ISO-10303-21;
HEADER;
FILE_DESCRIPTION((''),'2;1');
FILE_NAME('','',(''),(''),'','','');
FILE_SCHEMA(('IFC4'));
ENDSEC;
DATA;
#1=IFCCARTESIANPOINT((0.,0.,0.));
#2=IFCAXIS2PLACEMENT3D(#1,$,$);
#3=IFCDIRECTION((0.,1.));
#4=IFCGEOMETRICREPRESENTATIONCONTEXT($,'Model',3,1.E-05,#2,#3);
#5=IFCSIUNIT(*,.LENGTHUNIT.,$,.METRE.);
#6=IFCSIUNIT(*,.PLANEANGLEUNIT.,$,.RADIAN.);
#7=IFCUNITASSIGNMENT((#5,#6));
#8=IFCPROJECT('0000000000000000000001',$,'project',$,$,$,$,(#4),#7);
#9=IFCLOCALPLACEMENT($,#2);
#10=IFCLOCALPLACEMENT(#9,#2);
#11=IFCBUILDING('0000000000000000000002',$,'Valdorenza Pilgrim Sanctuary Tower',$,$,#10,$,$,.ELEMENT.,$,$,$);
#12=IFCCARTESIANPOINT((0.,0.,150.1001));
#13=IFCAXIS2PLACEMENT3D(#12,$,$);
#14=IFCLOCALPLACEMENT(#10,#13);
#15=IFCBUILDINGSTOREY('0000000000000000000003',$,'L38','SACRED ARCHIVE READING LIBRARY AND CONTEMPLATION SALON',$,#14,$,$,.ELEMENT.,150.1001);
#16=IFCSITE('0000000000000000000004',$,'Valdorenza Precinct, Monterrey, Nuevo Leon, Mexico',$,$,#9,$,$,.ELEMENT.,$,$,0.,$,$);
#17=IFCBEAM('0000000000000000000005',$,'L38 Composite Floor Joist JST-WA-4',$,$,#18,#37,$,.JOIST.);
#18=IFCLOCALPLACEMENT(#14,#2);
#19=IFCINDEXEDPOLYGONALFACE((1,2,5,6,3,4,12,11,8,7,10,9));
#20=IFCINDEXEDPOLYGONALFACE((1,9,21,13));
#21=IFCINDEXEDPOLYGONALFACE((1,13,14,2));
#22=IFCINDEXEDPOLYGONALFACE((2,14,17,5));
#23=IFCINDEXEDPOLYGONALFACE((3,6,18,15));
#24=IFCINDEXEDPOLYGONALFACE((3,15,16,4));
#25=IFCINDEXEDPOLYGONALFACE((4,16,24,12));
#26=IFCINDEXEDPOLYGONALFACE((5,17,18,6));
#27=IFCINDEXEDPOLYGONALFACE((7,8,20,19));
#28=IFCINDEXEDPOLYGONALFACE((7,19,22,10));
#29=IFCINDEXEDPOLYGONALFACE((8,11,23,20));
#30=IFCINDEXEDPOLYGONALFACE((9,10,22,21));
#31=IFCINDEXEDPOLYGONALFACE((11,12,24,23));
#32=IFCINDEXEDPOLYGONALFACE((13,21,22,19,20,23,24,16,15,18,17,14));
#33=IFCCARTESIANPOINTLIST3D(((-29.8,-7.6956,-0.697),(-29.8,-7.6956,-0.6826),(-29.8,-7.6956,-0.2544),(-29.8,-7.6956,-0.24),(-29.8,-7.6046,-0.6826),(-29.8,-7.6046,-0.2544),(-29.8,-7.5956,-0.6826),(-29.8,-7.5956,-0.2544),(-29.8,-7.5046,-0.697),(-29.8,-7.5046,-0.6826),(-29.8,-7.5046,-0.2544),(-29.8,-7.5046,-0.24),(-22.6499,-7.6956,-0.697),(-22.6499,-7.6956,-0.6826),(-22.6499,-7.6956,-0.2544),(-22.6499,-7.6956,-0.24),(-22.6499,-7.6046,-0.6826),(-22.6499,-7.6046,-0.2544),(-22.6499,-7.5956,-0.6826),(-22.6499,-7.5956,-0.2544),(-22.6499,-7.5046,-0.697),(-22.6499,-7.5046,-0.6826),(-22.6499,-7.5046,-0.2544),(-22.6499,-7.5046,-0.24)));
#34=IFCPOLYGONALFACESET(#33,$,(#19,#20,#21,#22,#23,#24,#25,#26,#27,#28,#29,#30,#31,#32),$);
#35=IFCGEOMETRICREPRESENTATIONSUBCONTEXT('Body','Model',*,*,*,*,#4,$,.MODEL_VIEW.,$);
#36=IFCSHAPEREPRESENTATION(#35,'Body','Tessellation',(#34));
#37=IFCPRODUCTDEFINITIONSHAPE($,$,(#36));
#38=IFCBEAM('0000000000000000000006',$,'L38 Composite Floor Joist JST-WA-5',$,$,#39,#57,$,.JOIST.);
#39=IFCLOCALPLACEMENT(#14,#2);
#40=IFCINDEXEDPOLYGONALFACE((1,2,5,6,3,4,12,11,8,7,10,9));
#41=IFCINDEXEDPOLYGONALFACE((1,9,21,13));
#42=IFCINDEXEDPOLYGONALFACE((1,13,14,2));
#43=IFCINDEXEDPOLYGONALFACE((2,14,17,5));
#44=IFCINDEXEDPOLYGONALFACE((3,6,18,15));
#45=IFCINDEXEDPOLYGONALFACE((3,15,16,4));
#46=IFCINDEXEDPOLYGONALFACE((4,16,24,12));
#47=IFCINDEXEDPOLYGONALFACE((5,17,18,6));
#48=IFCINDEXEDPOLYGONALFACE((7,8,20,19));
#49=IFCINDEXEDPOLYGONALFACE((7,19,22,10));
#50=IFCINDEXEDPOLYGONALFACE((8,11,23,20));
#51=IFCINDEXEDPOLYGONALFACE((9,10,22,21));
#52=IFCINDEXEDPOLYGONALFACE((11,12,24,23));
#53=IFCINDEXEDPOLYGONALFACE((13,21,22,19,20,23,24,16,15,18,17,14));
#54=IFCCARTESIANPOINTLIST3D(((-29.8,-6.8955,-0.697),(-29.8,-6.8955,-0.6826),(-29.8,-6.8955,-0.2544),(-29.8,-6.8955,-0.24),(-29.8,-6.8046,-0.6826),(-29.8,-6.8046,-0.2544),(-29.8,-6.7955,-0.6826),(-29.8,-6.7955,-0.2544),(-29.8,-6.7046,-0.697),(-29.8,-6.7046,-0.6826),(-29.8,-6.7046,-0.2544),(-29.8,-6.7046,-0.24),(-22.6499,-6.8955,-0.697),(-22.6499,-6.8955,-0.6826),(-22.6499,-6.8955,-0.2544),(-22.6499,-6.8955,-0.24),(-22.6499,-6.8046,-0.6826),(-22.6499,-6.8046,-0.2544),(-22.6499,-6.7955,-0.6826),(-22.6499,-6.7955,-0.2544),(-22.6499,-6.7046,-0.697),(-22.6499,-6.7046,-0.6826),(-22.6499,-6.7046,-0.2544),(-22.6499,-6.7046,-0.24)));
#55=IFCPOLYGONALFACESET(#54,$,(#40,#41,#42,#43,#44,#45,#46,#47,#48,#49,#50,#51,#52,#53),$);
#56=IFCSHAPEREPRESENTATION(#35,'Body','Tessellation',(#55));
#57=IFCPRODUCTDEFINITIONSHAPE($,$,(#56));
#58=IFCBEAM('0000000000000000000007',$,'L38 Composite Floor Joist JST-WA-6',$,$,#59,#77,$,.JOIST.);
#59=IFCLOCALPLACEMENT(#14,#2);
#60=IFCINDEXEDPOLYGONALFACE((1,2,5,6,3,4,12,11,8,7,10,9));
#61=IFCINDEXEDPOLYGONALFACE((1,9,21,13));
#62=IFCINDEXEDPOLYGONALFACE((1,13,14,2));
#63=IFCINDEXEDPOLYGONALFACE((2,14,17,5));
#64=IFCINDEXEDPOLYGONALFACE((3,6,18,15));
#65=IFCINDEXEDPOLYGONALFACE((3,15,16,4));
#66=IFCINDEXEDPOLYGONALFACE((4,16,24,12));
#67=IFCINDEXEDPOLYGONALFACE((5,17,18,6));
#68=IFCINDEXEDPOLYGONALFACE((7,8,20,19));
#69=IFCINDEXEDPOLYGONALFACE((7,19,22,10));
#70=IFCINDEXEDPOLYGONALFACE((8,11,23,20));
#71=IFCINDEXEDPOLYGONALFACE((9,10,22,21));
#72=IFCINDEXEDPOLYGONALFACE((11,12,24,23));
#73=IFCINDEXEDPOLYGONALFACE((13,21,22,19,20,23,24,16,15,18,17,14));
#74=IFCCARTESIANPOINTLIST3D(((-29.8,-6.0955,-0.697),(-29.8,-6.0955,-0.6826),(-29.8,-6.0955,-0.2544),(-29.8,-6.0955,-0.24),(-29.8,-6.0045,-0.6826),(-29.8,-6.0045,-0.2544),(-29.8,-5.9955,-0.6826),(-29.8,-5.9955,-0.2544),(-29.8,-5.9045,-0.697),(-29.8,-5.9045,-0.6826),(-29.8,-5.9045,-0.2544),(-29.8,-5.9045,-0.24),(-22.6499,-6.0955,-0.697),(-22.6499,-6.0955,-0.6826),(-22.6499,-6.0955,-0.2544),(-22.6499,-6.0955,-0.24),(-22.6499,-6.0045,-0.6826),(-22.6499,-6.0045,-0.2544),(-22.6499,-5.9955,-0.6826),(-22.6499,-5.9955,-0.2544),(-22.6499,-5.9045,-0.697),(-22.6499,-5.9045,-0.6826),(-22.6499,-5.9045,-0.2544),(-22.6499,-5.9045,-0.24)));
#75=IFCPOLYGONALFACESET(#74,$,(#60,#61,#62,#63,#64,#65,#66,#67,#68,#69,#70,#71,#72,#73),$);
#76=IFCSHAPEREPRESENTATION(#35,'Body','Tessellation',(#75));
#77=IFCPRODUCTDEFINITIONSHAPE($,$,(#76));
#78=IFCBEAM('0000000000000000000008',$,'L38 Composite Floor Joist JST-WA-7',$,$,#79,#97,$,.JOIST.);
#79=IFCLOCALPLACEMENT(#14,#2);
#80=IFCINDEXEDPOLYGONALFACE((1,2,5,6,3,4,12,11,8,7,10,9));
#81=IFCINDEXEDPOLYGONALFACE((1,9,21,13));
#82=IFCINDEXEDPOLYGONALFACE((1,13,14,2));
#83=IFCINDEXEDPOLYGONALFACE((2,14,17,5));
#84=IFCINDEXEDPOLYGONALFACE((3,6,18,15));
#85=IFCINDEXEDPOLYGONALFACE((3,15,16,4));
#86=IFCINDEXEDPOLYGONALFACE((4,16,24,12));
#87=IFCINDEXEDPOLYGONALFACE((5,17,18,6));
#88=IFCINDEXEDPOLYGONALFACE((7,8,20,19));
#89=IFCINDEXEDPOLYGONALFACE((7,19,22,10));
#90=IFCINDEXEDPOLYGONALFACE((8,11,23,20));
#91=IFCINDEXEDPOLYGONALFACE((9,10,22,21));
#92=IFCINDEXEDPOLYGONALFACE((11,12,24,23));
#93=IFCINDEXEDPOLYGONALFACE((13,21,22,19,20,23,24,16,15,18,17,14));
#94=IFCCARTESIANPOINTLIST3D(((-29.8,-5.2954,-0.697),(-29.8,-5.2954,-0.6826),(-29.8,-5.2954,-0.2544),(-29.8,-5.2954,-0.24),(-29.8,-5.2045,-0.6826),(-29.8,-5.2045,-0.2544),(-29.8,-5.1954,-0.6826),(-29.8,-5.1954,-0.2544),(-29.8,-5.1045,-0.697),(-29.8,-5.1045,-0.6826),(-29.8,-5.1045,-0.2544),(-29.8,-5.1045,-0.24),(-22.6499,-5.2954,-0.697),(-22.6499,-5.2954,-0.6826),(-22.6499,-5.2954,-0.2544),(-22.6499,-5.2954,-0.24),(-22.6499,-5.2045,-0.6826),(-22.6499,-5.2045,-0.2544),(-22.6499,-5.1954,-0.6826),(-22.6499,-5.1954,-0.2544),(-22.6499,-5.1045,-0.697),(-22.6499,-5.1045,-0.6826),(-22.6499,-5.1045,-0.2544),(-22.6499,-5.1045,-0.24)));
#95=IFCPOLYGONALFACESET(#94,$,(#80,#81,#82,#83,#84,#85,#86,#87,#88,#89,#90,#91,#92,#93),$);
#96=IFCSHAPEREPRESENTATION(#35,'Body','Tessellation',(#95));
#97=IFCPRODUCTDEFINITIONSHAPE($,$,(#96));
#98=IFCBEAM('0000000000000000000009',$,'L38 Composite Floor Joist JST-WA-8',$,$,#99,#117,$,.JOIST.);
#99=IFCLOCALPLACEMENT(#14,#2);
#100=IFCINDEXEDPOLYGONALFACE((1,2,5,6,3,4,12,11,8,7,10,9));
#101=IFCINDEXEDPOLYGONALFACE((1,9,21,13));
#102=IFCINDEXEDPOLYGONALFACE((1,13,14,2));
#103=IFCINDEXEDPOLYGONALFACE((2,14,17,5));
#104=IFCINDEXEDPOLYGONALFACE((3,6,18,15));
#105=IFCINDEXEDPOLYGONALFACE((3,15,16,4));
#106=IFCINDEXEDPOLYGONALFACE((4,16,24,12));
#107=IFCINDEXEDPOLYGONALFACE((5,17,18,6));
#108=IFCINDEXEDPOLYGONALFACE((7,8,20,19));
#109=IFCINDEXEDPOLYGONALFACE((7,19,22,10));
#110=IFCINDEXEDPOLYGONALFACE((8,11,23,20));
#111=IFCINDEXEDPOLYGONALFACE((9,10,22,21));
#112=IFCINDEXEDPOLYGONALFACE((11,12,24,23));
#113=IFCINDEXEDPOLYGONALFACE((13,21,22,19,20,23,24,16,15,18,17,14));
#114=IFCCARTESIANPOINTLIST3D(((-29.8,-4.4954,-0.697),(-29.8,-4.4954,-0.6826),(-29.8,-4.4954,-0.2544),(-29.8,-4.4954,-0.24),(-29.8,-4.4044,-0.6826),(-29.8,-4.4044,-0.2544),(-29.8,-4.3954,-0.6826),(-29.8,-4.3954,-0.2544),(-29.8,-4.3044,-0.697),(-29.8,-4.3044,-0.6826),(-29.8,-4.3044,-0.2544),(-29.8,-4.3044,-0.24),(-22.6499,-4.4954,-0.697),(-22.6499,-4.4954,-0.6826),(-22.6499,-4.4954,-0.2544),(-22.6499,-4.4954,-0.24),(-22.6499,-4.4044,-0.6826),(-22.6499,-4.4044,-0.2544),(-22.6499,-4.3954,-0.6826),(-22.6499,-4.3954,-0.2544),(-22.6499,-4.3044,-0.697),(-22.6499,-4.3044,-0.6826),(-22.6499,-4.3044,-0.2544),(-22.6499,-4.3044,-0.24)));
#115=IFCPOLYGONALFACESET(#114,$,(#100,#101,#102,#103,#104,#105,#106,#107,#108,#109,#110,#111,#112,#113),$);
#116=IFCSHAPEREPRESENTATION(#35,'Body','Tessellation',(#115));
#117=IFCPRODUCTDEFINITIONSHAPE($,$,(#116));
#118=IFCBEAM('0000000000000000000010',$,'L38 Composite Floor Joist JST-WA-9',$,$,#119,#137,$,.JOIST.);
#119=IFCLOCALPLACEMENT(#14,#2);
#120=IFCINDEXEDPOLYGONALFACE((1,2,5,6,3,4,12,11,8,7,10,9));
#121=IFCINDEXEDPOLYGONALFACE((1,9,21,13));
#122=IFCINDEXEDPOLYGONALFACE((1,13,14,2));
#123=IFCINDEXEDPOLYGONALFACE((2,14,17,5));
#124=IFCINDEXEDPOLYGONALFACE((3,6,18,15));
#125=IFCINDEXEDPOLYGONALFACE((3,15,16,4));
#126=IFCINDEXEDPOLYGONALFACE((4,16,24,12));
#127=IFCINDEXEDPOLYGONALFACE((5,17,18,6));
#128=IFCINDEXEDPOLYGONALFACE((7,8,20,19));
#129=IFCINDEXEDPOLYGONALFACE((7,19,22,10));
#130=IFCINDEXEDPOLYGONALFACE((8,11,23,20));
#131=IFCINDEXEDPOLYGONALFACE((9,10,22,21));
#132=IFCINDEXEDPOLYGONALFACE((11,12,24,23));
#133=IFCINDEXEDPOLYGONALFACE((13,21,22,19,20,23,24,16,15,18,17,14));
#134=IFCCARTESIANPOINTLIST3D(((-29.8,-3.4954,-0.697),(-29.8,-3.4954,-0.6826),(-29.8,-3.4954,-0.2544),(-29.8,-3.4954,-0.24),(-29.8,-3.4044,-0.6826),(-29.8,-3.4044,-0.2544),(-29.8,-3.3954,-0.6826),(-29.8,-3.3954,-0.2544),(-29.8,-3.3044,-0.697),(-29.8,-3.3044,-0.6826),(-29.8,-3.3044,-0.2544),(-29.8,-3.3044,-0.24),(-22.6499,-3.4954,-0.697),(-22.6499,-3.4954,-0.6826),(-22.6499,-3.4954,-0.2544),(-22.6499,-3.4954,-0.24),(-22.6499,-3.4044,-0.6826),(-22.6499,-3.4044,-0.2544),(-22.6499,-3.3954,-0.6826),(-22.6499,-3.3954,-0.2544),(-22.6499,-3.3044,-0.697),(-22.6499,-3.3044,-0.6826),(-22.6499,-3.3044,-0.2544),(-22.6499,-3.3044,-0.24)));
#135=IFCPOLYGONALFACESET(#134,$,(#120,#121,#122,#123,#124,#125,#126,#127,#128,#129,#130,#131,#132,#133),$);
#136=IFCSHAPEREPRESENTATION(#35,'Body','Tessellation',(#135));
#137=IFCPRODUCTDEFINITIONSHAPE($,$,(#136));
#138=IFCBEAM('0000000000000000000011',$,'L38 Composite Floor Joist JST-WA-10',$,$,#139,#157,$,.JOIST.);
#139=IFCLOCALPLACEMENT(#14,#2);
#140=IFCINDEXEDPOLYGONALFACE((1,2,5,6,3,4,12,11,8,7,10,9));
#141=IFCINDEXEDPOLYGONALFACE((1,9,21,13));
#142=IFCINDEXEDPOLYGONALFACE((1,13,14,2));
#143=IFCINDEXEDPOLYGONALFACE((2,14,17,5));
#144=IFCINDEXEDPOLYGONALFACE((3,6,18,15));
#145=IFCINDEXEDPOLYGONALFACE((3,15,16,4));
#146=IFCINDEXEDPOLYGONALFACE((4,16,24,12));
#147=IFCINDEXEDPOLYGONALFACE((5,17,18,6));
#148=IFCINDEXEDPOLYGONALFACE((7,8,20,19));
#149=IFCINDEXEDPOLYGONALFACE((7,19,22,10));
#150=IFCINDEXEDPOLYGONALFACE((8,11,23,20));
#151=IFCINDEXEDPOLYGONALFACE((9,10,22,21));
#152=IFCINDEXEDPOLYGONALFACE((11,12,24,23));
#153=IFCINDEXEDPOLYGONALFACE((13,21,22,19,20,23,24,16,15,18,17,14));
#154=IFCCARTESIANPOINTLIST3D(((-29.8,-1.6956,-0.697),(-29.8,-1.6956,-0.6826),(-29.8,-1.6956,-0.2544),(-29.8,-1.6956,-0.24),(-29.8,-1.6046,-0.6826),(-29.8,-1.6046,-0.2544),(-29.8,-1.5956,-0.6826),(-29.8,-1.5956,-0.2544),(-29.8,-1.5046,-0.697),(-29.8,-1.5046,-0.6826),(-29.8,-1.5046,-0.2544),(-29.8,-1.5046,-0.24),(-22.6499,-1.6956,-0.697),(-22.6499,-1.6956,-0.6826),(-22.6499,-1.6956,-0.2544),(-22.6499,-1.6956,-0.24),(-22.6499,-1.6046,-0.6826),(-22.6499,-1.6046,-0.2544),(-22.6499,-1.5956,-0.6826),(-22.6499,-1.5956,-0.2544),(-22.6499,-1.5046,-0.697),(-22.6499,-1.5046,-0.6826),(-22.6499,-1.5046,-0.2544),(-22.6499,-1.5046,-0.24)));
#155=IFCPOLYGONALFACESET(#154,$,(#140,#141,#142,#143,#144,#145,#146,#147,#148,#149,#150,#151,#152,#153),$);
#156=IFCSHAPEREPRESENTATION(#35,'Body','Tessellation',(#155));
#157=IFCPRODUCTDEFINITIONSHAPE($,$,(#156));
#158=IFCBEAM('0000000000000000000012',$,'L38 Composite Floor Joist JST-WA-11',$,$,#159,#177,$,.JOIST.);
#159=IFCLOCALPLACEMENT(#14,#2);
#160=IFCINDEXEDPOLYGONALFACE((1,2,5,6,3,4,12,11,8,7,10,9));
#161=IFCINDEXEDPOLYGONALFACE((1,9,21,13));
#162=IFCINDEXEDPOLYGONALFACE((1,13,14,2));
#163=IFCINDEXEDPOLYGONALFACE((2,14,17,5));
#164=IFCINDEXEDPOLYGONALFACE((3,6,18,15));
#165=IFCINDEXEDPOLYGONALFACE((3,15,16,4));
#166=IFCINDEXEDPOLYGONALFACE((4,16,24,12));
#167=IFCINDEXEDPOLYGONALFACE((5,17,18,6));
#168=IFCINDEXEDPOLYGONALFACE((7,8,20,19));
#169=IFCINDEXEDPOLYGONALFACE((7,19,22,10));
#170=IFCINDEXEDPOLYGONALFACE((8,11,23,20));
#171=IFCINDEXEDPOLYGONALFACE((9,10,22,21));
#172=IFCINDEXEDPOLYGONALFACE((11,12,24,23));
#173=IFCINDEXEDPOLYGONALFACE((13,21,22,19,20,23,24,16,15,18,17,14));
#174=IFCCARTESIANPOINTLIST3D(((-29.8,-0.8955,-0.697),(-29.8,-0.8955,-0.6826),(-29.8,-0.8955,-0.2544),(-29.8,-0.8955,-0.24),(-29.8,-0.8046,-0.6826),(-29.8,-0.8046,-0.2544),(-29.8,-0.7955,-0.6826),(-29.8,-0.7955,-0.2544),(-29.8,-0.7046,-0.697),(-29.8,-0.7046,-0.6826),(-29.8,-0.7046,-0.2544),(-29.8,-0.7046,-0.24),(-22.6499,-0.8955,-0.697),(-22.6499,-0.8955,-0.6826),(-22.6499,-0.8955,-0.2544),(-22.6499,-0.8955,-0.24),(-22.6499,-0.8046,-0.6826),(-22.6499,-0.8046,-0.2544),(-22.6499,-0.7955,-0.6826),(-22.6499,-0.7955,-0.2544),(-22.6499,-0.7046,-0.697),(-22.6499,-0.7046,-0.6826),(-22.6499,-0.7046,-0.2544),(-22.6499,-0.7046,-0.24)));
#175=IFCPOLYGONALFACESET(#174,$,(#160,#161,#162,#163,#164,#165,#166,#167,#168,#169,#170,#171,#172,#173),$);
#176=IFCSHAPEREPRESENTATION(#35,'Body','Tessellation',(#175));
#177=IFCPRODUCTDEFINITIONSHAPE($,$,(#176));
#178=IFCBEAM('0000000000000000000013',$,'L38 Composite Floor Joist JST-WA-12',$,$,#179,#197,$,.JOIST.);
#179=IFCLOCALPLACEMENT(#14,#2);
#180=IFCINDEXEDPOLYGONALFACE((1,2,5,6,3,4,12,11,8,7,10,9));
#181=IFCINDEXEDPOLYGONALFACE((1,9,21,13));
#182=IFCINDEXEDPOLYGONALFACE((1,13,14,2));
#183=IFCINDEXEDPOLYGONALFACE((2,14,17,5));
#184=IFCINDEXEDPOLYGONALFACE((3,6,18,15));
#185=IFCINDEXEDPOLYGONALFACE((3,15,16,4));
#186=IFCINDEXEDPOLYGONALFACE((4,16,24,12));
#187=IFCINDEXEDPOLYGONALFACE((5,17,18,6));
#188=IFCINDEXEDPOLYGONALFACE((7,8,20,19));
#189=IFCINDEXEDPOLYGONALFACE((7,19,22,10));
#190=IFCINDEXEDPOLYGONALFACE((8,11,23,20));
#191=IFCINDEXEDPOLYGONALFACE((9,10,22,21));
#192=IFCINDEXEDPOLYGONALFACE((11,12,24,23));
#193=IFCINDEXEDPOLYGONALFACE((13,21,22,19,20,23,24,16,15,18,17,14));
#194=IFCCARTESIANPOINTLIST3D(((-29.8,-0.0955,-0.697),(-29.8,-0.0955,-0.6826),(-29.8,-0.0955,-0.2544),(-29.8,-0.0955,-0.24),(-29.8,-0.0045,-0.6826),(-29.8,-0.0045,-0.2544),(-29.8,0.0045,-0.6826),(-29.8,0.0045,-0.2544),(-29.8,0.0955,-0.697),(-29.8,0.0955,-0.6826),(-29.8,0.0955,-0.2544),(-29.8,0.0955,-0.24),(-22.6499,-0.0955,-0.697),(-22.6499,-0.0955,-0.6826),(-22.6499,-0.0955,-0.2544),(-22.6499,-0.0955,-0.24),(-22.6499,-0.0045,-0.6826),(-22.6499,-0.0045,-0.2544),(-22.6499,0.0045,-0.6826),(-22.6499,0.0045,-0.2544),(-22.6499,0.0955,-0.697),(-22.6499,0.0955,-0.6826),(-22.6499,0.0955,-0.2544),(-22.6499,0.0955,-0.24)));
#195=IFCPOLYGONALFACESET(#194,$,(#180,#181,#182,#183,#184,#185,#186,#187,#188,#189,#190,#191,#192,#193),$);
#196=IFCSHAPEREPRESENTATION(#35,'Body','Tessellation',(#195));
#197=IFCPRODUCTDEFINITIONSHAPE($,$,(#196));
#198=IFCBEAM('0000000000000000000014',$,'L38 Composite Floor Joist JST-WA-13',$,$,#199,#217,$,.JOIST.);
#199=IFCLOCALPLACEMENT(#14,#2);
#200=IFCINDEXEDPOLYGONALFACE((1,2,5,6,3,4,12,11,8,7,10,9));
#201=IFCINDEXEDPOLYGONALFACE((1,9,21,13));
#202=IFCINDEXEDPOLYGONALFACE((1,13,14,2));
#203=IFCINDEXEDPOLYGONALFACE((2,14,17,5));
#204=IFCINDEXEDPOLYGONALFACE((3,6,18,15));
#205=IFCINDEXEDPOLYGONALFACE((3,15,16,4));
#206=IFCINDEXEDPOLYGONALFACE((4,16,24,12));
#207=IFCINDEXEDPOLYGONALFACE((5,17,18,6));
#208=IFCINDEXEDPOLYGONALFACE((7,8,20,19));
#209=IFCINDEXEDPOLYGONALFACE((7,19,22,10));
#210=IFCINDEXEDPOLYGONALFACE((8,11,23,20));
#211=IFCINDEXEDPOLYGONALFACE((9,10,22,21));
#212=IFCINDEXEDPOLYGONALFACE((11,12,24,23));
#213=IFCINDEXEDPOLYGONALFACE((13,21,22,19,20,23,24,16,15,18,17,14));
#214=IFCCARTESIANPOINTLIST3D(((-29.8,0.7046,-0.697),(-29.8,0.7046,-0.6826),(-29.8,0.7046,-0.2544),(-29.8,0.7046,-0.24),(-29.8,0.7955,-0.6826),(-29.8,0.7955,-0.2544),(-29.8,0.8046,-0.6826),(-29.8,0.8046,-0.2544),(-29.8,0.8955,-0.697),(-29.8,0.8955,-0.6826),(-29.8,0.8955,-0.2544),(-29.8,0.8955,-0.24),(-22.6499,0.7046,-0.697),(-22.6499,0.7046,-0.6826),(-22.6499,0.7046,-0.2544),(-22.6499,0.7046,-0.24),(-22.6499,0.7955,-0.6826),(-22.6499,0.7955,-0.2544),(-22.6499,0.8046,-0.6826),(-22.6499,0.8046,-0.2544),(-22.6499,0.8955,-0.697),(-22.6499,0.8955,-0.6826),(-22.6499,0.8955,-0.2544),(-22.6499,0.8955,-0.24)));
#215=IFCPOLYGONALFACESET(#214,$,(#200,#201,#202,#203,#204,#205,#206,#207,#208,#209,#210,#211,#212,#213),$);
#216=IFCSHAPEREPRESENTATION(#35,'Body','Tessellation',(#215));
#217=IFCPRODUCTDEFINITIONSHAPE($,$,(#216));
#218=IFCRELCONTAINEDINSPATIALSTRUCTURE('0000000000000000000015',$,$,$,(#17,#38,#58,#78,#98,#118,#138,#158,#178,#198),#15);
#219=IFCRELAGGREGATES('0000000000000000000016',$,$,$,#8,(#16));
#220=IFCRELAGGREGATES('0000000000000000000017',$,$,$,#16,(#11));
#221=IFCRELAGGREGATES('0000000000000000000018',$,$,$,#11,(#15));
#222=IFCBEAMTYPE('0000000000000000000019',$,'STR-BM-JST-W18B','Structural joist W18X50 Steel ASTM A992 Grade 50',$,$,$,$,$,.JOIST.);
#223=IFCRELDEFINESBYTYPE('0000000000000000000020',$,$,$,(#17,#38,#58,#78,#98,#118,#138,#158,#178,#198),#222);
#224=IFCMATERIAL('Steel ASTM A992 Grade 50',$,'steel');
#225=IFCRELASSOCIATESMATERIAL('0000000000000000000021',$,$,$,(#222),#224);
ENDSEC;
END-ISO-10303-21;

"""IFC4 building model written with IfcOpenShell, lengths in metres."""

from ifc_helpers import new_model, si_unit, direction, frame, origin, origin_2d, place, context, subcontext, project, spatial, i_section, extrude, source, transform, mapped, material, material_profile, profile_set, type_object, element, save


model = new_model("IFC4")

# Units and contexts
model_context = context("Model", 3, precision=1e-05, world=origin(), true_north=direction((0.0, 1.0)))
body_context = subcontext(model_context, "Body", "Model", "MODEL_VIEW")
ifc_project = project(units=[si_unit("LENGTHUNIT", "METRE"), si_unit("PLANEANGLEUNIT", "RADIAN")], contexts=[model_context])

# Site, building, storey
site_placement = place(None, origin())
site = spatial("IfcSite", under=ifc_project, at=site_placement, Name="Valdorenza Precinct, Monterrey, Nuevo Leon, Mexico", CompositionType="ELEMENT", RefElevation=0.0)
building_placement = place(site_placement, origin())
building = spatial("IfcBuilding", under=site, at=building_placement, Name="Valdorenza Pilgrim Sanctuary Tower", CompositionType="ELEMENT")
storey_placement = place(building_placement, frame((0.0, 0.0, 150.1001)))
storey = spatial("IfcBuildingStorey", under=building, at=storey_placement, Name="L38", Description="SACRED ARCHIVE READING LIBRARY AND CONTEMPLATION SALON", CompositionType="ELEMENT", Elevation=150.1001)

# Beams
ifc_material_1 = material(Name="Steel ASTM A992 Grade 50", Category="steel")
ifc_material_profile_1 = material_profile(ifc_material_1, i_section(OverallWidth=0.1909, OverallDepth=0.457, WebThickness=0.009, FlangeThickness=0.0144, at=origin_2d()), Name="W18X50")
ifc_profile_set_1 = profile_set([ifc_material_profile_1], Name="Steel ASTM A992 Grade 50")
beam_type_1 = type_object("IfcBeamType", Name="STR-BM-JST-W18B", Description="Structural joist W18X50 Steel ASTM A992 Grade 50", PredefinedType="JOIST", material=ifc_profile_set_1)
shared_shape_1 = source(origin(), body_context, "Body", "SweptSolid", [
    extrude(i_section(OverallWidth=0.1909, OverallDepth=0.457, WebThickness=0.009, FlangeThickness=0.0144, at=origin_2d()), origin(), (0.0, 0.0, 1.0), 7.1501),
])
for number, where, z_axis, x_axis, name in (
    (1, (-29.8, -7.6001, -0.4685), (1.0, 0.0, 0.0), (0.0, 1.0, 0.0), "L38 Composite Floor Joist JST-WA-4"),
    (2, (-29.8, -6.8, -0.4685), (1.0, 0.0, 0.0), (0.0, 1.0, 0.0), "L38 Composite Floor Joist JST-WA-5"),
    (3, (-29.8, -6.0, -0.4685), (1.0, 0.0, 0.0), (0.0, 1.0, 0.0), "L38 Composite Floor Joist JST-WA-6"),
    (4, (-29.8, -5.2, -0.4685), (1.0, 0.0, 0.0), (0.0, 1.0, 0.0), "L38 Composite Floor Joist JST-WA-7"),
    (5, (-29.8, -4.3999, -0.4685), (1.0, 0.0, 0.0), (0.0, 1.0, 0.0), "L38 Composite Floor Joist JST-WA-8"),
    (6, (-29.8, -3.3999, -0.4685), (1.0, 0.0, 0.0), (0.0, 1.0, 0.0), "L38 Composite Floor Joist JST-WA-9"),
    (7, (-29.8, -1.6001, -0.4685), (1.0, 0.0, 0.0), (0.0, 1.0, 0.0), "L38 Composite Floor Joist JST-WA-10"),
    (8, (-29.8, -0.8, -0.4685), (1.0, 0.0, 0.0), (0.0, 1.0, 0.0), "L38 Composite Floor Joist JST-WA-11"),
    (9, (-29.8, 0.0, -0.4685), (1.0, 0.0, 0.0), (0.0, 1.0, 0.0), "L38 Composite Floor Joist JST-WA-12"),
    (10, (-29.8, 0.8, -0.4685), (1.0, 0.0, 0.0), (0.0, 1.0, 0.0), "L38 Composite Floor Joist JST-WA-13"),
):
    element("IfcBeam", number, at=place(storey_placement, frame(where, z_axis=z_axis, x_axis=x_axis)), inside=storey, type_object=beam_type_1, Name=name, PredefinedType="JOIST", context=body_context, shape_type="MappedRepresentation", body=[
        mapped(shared_shape_1, transform((0.0, 0.0, 0.0), x_axis=(1.0, 0.0, 0.0), y_axis=(0.0, 1.0, 0.0), z_axis=(0.0, 0.0, 1.0), scale=1.0)),
    ])

save(model, "model.ifc")
